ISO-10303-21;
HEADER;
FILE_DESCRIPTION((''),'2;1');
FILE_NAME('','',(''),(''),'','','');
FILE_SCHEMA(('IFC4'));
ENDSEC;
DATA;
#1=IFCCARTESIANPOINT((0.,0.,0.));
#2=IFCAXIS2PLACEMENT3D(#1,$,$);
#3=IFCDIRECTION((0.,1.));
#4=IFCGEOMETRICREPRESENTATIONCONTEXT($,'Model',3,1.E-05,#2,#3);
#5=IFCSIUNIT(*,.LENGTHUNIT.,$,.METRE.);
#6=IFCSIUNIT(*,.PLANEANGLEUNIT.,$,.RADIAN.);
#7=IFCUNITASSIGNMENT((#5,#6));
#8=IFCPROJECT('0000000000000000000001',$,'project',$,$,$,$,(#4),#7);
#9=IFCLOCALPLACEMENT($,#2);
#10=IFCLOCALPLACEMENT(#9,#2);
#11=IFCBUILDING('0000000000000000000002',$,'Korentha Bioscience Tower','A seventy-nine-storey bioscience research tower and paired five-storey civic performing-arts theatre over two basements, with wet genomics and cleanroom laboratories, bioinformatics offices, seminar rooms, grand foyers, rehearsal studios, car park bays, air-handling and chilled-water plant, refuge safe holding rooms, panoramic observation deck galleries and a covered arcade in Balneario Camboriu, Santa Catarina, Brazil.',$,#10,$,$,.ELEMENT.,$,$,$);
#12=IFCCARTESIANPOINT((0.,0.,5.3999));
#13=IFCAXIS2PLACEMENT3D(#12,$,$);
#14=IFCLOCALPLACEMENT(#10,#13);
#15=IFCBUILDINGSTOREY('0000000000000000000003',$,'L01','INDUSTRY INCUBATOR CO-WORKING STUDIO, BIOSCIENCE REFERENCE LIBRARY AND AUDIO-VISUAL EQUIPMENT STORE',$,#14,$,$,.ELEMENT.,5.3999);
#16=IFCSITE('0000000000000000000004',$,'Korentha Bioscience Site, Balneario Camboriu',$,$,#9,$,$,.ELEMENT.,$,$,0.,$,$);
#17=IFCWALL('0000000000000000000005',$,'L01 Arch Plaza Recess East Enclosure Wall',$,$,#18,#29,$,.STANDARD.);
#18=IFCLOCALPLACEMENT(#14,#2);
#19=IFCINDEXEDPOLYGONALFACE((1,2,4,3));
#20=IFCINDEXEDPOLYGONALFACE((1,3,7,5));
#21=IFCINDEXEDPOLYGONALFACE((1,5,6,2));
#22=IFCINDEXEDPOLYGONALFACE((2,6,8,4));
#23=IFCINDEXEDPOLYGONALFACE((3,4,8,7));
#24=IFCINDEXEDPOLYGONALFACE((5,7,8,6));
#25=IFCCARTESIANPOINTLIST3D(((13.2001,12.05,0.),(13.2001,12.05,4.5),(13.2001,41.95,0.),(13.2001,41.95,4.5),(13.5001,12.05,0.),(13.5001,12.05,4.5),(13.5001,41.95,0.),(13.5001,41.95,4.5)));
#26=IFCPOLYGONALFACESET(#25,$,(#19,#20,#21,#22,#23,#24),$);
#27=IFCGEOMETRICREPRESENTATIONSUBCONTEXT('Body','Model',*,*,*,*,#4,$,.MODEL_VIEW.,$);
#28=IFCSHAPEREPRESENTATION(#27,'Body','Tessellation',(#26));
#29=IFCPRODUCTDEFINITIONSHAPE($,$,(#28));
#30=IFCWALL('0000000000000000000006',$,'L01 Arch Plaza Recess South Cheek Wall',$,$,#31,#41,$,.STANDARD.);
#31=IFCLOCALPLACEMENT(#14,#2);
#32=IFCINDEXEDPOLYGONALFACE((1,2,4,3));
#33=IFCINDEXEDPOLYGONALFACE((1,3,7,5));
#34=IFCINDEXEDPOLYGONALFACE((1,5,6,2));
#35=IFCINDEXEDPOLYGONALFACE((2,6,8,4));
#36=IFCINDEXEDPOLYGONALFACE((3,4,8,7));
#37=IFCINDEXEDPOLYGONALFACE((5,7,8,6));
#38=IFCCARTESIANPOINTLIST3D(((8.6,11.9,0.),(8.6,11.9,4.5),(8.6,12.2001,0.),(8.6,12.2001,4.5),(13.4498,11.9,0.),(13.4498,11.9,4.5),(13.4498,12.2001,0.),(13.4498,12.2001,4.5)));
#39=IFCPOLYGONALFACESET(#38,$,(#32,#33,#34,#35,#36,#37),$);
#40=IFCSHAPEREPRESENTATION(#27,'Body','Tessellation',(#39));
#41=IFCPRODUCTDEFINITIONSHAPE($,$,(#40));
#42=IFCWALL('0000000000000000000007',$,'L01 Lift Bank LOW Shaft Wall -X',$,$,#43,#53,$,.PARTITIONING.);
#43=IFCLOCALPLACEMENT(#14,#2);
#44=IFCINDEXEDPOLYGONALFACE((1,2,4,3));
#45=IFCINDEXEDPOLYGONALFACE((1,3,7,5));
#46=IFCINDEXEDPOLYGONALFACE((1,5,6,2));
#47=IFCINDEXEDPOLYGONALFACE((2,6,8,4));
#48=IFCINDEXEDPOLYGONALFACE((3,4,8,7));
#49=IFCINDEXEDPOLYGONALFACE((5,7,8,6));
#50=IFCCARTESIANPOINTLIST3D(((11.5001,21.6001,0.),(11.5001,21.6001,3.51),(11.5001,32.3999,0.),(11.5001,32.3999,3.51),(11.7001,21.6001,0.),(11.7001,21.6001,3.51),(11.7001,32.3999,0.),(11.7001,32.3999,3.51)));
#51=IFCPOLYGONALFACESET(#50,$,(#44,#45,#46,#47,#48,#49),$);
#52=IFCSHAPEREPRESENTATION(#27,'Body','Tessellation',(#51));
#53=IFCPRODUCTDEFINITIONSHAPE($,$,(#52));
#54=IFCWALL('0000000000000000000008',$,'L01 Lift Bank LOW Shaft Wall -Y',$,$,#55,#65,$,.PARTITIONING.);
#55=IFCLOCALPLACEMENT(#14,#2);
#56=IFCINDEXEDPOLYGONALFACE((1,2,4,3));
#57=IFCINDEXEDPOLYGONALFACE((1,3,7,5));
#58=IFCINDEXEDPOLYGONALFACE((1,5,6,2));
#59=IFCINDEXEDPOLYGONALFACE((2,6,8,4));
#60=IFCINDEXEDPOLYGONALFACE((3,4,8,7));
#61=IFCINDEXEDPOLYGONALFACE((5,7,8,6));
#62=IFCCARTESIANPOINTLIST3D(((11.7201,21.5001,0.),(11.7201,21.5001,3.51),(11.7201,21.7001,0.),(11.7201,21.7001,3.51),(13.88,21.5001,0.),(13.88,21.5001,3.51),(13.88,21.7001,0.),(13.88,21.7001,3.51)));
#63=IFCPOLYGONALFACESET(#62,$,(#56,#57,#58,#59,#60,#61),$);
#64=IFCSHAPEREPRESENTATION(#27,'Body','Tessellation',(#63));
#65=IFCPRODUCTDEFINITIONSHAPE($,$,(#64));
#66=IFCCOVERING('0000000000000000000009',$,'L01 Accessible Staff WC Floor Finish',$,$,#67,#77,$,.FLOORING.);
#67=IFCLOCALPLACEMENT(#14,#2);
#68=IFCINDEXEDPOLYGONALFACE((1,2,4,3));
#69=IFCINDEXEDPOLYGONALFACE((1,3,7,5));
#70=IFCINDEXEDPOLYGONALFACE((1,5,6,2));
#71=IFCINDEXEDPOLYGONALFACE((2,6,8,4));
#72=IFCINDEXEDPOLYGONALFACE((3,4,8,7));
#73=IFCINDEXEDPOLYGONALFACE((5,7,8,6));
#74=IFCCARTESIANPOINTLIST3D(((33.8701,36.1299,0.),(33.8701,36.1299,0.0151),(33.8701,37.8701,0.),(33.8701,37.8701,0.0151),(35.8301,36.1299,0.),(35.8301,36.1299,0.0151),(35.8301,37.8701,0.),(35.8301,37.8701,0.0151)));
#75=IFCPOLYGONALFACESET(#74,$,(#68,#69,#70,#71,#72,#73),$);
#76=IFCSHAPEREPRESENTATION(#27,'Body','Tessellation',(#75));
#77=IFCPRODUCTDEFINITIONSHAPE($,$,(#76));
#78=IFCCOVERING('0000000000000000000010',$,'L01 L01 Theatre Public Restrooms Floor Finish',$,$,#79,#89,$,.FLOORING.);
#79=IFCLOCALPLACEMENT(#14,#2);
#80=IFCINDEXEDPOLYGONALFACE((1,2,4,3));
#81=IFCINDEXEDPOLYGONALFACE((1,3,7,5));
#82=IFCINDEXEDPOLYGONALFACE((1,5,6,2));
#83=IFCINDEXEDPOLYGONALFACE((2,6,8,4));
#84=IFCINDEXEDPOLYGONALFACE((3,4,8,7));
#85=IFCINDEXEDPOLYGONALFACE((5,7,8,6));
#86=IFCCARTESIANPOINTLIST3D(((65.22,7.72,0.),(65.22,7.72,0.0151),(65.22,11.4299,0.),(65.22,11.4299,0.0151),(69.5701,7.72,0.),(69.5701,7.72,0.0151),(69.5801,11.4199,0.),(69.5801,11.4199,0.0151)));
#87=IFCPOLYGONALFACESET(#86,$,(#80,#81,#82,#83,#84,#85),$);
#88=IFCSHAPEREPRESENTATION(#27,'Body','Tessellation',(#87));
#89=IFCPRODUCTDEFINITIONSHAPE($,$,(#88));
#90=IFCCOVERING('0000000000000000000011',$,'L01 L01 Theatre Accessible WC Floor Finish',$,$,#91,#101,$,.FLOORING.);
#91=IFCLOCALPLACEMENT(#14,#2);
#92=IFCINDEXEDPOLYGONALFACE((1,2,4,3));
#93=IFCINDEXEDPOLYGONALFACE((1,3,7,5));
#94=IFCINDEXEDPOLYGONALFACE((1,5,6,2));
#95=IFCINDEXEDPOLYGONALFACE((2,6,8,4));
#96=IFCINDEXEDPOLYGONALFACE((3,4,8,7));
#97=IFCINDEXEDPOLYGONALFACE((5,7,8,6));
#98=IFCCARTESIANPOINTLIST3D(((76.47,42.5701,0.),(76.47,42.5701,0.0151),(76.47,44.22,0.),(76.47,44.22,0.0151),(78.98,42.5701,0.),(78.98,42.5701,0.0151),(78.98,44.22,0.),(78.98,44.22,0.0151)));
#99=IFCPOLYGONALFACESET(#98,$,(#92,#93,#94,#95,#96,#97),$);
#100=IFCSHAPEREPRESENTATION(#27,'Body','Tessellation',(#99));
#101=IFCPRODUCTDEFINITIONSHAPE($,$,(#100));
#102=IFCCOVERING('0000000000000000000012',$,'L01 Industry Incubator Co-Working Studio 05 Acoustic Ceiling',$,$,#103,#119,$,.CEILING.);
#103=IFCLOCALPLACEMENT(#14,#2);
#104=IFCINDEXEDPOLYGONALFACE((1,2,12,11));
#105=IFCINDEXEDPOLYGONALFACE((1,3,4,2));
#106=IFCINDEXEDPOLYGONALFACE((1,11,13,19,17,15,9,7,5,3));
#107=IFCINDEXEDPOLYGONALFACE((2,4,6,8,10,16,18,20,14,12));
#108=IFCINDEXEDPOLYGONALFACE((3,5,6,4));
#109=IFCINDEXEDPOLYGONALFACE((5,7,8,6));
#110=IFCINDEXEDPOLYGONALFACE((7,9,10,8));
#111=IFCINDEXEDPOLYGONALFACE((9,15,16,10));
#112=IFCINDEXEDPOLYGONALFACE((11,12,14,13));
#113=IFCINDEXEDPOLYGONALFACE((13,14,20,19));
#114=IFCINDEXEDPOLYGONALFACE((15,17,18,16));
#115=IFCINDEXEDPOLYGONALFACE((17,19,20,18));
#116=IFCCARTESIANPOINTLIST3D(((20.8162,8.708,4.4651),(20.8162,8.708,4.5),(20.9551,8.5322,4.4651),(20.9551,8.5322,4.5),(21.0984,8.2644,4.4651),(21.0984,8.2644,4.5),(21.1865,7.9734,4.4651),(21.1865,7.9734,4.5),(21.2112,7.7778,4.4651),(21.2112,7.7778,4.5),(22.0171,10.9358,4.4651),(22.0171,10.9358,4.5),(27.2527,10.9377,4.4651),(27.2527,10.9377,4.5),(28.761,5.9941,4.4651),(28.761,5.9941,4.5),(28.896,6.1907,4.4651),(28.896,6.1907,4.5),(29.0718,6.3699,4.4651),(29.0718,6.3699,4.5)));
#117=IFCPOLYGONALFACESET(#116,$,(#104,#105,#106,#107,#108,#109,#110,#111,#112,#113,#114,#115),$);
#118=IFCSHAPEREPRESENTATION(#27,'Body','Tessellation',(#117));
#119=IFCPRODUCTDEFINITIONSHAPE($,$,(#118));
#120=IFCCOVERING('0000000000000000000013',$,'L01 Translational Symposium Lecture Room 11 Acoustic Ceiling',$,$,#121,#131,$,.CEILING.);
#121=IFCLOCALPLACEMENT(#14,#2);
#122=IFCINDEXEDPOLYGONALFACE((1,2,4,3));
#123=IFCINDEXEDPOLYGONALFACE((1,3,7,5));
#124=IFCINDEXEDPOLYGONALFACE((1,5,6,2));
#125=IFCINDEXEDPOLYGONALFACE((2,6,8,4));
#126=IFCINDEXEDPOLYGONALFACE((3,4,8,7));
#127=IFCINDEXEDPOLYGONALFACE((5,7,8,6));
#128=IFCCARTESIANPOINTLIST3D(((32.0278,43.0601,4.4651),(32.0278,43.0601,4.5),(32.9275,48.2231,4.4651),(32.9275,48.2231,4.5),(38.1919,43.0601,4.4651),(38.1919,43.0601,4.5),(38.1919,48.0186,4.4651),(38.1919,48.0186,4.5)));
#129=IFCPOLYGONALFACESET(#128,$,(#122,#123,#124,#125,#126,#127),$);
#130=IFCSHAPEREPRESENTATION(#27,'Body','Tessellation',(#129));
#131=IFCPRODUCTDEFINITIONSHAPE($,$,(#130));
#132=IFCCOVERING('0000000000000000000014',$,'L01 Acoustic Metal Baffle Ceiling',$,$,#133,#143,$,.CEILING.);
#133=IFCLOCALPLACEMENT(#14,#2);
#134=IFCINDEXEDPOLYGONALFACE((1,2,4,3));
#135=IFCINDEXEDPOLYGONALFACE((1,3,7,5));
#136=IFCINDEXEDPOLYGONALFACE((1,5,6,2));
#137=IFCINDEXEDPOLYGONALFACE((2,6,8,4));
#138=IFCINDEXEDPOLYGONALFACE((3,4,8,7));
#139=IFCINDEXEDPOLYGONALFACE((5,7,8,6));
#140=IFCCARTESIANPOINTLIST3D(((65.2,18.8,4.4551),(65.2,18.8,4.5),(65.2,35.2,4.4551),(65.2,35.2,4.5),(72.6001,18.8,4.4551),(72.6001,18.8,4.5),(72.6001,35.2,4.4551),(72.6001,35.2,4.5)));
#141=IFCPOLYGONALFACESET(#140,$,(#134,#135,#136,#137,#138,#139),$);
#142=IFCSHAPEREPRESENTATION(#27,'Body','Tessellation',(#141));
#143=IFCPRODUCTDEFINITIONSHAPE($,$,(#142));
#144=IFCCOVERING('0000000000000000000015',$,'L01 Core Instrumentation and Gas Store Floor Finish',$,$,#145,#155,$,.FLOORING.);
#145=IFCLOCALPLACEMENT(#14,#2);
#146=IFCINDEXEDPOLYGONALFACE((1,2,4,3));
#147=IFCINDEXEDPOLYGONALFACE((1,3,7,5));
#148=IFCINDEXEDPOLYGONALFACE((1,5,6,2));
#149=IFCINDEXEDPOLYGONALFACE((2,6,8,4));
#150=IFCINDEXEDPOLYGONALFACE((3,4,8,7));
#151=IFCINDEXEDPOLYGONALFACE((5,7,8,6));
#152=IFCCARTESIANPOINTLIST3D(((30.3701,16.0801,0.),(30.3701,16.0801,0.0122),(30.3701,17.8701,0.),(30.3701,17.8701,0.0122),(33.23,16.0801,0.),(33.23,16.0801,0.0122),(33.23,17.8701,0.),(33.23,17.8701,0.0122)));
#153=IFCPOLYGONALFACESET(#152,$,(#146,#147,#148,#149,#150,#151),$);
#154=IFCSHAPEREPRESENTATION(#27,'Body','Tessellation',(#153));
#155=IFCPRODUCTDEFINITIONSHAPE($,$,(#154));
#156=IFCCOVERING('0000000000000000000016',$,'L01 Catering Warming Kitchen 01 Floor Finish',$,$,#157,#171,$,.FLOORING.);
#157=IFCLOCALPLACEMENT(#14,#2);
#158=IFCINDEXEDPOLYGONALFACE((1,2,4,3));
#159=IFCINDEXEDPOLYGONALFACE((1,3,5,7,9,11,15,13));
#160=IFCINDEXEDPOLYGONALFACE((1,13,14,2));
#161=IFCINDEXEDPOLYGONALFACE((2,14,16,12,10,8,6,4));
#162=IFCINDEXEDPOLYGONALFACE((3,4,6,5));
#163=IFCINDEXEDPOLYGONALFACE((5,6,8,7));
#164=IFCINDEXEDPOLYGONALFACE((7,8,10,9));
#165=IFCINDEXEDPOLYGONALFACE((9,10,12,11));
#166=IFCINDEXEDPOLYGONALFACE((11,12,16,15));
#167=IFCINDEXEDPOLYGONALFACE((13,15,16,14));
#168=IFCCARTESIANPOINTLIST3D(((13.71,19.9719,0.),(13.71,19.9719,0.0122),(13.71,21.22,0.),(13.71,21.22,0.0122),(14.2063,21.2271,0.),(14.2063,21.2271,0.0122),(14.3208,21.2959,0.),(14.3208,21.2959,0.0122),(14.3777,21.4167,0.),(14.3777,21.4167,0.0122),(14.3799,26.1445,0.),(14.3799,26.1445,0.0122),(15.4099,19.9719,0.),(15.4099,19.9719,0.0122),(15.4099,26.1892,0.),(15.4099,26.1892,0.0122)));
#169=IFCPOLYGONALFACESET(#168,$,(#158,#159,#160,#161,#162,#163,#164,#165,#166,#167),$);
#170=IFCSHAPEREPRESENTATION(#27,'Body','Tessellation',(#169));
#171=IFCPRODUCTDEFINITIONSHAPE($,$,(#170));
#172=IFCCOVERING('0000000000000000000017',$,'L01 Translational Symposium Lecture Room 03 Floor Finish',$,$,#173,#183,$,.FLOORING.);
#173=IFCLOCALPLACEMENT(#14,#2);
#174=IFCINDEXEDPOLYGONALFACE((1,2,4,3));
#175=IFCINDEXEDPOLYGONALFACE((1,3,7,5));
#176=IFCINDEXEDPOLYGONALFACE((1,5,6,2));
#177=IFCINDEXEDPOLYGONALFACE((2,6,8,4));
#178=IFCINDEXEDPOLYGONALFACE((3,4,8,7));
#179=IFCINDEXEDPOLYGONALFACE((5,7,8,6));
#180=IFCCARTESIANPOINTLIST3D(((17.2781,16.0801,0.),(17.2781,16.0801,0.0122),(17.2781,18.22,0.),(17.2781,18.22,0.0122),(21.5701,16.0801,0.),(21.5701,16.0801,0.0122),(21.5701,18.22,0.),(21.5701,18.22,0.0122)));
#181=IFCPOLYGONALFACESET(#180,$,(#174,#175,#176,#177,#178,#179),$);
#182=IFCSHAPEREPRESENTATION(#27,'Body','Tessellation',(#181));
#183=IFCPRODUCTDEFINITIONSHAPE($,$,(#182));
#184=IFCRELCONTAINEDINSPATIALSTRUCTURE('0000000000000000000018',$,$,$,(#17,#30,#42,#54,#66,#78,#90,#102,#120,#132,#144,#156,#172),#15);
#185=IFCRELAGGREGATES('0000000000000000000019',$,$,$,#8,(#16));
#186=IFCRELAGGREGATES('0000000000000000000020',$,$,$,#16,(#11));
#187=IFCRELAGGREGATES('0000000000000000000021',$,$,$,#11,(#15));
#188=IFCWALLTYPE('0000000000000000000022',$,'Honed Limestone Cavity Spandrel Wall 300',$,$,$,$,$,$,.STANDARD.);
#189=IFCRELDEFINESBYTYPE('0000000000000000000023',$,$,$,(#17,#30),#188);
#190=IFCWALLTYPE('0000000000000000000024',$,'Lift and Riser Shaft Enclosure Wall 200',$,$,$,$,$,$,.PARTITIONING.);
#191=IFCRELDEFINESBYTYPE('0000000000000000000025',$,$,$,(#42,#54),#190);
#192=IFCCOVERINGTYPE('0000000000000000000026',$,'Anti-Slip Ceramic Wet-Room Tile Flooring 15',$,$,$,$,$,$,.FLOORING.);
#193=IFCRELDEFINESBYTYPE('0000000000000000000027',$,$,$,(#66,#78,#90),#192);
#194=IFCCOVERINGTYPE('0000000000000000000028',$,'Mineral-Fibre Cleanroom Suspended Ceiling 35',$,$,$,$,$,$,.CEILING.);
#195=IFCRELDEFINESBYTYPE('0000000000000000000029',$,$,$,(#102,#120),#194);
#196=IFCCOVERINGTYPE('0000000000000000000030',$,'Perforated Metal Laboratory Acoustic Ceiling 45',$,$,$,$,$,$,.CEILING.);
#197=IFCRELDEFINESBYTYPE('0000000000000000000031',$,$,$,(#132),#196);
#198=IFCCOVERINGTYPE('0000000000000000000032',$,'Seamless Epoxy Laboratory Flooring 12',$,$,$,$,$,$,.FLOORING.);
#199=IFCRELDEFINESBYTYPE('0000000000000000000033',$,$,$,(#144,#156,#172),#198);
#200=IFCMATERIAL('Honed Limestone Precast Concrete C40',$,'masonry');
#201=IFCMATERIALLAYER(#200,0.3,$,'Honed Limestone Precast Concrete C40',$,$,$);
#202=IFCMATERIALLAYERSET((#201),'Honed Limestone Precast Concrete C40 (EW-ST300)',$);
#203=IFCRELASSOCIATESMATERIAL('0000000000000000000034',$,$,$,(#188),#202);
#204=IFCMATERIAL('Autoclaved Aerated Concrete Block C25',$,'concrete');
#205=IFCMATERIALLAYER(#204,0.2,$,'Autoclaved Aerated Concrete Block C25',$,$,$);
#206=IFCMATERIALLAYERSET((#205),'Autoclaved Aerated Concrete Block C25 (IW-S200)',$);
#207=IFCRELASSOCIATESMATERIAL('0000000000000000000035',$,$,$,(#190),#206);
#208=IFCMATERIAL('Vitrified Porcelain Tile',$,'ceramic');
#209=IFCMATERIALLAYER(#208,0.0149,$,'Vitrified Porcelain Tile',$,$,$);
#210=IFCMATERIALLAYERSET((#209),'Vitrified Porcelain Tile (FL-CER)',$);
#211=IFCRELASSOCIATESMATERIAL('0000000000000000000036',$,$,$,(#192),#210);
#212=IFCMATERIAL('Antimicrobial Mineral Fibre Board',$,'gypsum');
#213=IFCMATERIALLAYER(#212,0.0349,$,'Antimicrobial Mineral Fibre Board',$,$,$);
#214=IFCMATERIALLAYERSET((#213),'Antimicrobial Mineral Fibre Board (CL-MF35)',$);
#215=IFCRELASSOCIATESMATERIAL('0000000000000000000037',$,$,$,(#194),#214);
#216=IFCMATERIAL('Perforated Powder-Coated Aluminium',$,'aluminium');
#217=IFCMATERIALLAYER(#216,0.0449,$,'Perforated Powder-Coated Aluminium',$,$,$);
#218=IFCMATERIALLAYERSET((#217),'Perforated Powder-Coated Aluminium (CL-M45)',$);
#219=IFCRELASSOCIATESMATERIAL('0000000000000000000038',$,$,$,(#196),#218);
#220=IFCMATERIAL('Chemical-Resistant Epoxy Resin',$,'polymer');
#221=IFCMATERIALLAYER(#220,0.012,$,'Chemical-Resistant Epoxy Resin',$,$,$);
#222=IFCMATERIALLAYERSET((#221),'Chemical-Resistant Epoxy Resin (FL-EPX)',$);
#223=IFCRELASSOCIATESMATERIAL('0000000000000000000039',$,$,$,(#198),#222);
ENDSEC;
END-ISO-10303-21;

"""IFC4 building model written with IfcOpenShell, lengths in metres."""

from ifc_helpers import new_model, si_unit, direction, frame, frame_2d, origin, place, context, subcontext, project, spatial, polyline, rectangle, outline, extrude, material, layer, layer_set, type_object, element, save


model = new_model("IFC4")

# Units and contexts
model_context = context("Model", 3, precision=1e-05, world=origin(), true_north=direction((0.0, 1.0)))
body_context = subcontext(model_context, "Body", "Model", "MODEL_VIEW")
ifc_project = project(units=[si_unit("LENGTHUNIT", "METRE"), si_unit("PLANEANGLEUNIT", "RADIAN")], contexts=[model_context])

# Site, building, storey
site_placement = place(None, origin())
site = spatial("IfcSite", under=ifc_project, at=site_placement, Name="Korentha Bioscience Site, Balneario Camboriu", CompositionType="ELEMENT", RefElevation=0.0)
building_placement = place(site_placement, origin())
building = spatial("IfcBuilding", under=site, at=building_placement, Name="Korentha Bioscience Tower", Description="A seventy-nine-storey bioscience research tower and paired five-storey civic performing-arts theatre over two basements, with wet genomics and cleanroom laboratories, bioinformatics offices, seminar rooms, grand foyers, rehearsal studios, car park bays, air-handling and chilled-water plant, refuge safe holding rooms, panoramic observation deck galleries and a covered arcade in Balneario Camboriu, Santa Catarina, Brazil.", CompositionType="ELEMENT")
storey_placement = place(building_placement, frame((0.0, 0.0, 5.3999)))
storey = spatial("IfcBuildingStorey", under=building, at=storey_placement, Name="L01", Description="INDUSTRY INCUBATOR CO-WORKING STUDIO, BIOSCIENCE REFERENCE LIBRARY AND AUDIO-VISUAL EQUIPMENT STORE", CompositionType="ELEMENT", Elevation=5.3999)

# Walls
ifc_material_1 = material(Name="Honed Limestone Precast Concrete C40", Category="masonry")
ifc_layer_1 = layer(ifc_material_1, 0.3, Name="Honed Limestone Precast Concrete C40")
ifc_layer_set_1 = layer_set([ifc_layer_1], Name="Honed Limestone Precast Concrete C40 (EW-ST300)")
wall_type_1 = type_object("IfcWallType", Name="Honed Limestone Cavity Spandrel Wall 300", PredefinedType="STANDARD", material=ifc_layer_set_1)
wall_1_placement = place(storey_placement, frame((13.3501, 12.05, 0.0), z_axis=(0.0, 0.0, 1.0), x_axis=(0.0, 1.0, 0.0)))
element("IfcWall", 1, at=wall_1_placement, inside=storey, type_object=wall_type_1, Name="L01 Arch Plaza Recess East Enclosure Wall", PredefinedType="STANDARD", context=body_context, shape_type="SweptSolid", body=[
    extrude(rectangle(XDim=29.8999, YDim=0.3, at=frame_2d((14.95, 0.0))), origin(), (0.0, 0.0, 1.0), 4.5),
])
wall_2_placement = place(storey_placement, frame((8.6001, 12.05, 0.0), z_axis=(0.0, 0.0, 1.0), x_axis=(1.0, 0.0, 0.0)))
element("IfcWall", 2, at=wall_2_placement, inside=storey, type_object=wall_type_1, Name="L01 Arch Plaza Recess South Cheek Wall", PredefinedType="STANDARD", context=body_context, shape_type="SweptSolid", body=[
    extrude(rectangle(XDim=4.8499, YDim=0.3, at=frame_2d((2.4248, 0.0))), origin(), (0.0, 0.0, 1.0), 4.5),
])
ifc_material_2 = material(Name="Autoclaved Aerated Concrete Block C25", Category="concrete")
ifc_layer_2 = layer(ifc_material_2, 0.2, Name="Autoclaved Aerated Concrete Block C25")
ifc_layer_set_2 = layer_set([ifc_layer_2], Name="Autoclaved Aerated Concrete Block C25 (IW-S200)")
wall_type_2 = type_object("IfcWallType", Name="Lift and Riser Shaft Enclosure Wall 200", PredefinedType="PARTITIONING", material=ifc_layer_set_2)
wall_3_placement = place(storey_placement, frame((11.6001, 21.6001, 0.0), z_axis=(0.0, 0.0, 1.0), x_axis=(0.0, 1.0, 0.0)))
element("IfcWall", 3, at=wall_3_placement, inside=storey, type_object=wall_type_2, Name="L01 Lift Bank LOW Shaft Wall -X", PredefinedType="PARTITIONING", context=body_context, shape_type="SweptSolid", body=[
    extrude(rectangle(XDim=10.7998, YDim=0.2, at=frame_2d((5.3999, 0.0))), origin(), (0.0, 0.0, 1.0), 3.51),
])
wall_4_placement = place(storey_placement, frame((11.72, 21.6001, 0.0), z_axis=(0.0, 0.0, 1.0), x_axis=(1.0, 0.0, 0.0)))
element("IfcWall", 4, at=wall_4_placement, inside=storey, type_object=wall_type_2, Name="L01 Lift Bank LOW Shaft Wall -Y", PredefinedType="PARTITIONING", context=body_context, shape_type="SweptSolid", body=[
    extrude(rectangle(XDim=2.1599, YDim=0.2, at=frame_2d((1.0801, 0.0))), origin(), (0.0, 0.0, 1.0), 3.51),
])

# Coverings
ifc_material_3 = material(Name="Vitrified Porcelain Tile", Category="ceramic")
ifc_layer_3 = layer(ifc_material_3, 0.0149, Name="Vitrified Porcelain Tile")
ifc_layer_set_3 = layer_set([ifc_layer_3], Name="Vitrified Porcelain Tile (FL-CER)")
covering_type_1 = type_object("IfcCoveringType", Name="Anti-Slip Ceramic Wet-Room Tile Flooring 15", PredefinedType="FLOORING", material=ifc_layer_set_3)
covering_1_placement = place(storey_placement, origin())
element("IfcCovering", 5, at=covering_1_placement, inside=storey, type_object=covering_type_1, Name="L01 Accessible Staff WC Floor Finish", PredefinedType="FLOORING", context=body_context, shape_type="SweptSolid", body=[
    extrude(outline(polyline([(33.8701, 36.1299), (33.8701, 37.8701), (35.8301, 37.8701), (35.8301, 36.1299), (33.8701, 36.1299)])), origin(), (0.0, 0.0, 1.0), 0.0151),
])
covering_2_placement = place(storey_placement, origin())
element("IfcCovering", 6, at=covering_2_placement, inside=storey, type_object=covering_type_1, Name="L01 L01 Theatre Public Restrooms Floor Finish", PredefinedType="FLOORING", context=body_context, shape_type="SweptSolid", body=[
    extrude(outline(polyline([(65.22, 11.4299), (69.5801, 11.4199), (69.5701, 7.72), (65.22, 7.72), (65.22, 11.4299)])), origin(), (0.0, 0.0, 1.0), 0.0151),
])
covering_3_placement = place(storey_placement, origin())
element("IfcCovering", 7, at=covering_3_placement, inside=storey, type_object=covering_type_1, Name="L01 L01 Theatre Accessible WC Floor Finish", PredefinedType="FLOORING", context=body_context, shape_type="SweptSolid", body=[
    extrude(outline(polyline([(76.47, 42.5701), (76.47, 44.22), (78.98, 44.22), (78.98, 42.5701), (76.47, 42.5701)])), origin(), (0.0, 0.0, 1.0), 0.0151),
])
ifc_material_4 = material(Name="Antimicrobial Mineral Fibre Board", Category="gypsum")
ifc_layer_4 = layer(ifc_material_4, 0.0349, Name="Antimicrobial Mineral Fibre Board")
ifc_layer_set_4 = layer_set([ifc_layer_4], Name="Antimicrobial Mineral Fibre Board (CL-MF35)")
covering_type_2 = type_object("IfcCoveringType", Name="Mineral-Fibre Cleanroom Suspended Ceiling 35", PredefinedType="CEILING", material=ifc_layer_set_4)
covering_4_placement = place(storey_placement, frame((0.0, 0.0, 4.4651)))
element("IfcCovering", 8, at=covering_4_placement, inside=storey, type_object=covering_type_2, Name="L01 Industry Incubator Co-Working Studio 05 Acoustic Ceiling", PredefinedType="CEILING", context=body_context, shape_type="SweptSolid", body=[
    extrude(outline(polyline([(29.0718, 6.3699), (28.896, 6.1907), (28.761, 5.9941), (21.2112, 7.7778), (21.1865, 7.9734), (21.0984, 8.2644), (20.9551, 8.5322), (20.8162, 8.708), (22.0171, 10.9358), (27.2527, 10.9377), (29.0718, 6.3699)])), origin(), (0.0, 0.0, 1.0), 0.0349),
])
covering_5_placement = place(storey_placement, frame((0.0, 0.0, 4.4651)))
element("IfcCovering", 9, at=covering_5_placement, inside=storey, type_object=covering_type_2, Name="L01 Translational Symposium Lecture Room 11 Acoustic Ceiling", PredefinedType="CEILING", context=body_context, shape_type="SweptSolid", body=[
    extrude(outline(polyline([(32.0278, 43.0601), (32.9275, 48.2231), (38.1919, 48.0186), (38.1919, 43.0601), (32.0278, 43.0601)])), origin(), (0.0, 0.0, 1.0), 0.0349),
])
ifc_material_5 = material(Name="Perforated Powder-Coated Aluminium", Category="aluminium")
ifc_layer_5 = layer(ifc_material_5, 0.0449, Name="Perforated Powder-Coated Aluminium")
ifc_layer_set_5 = layer_set([ifc_layer_5], Name="Perforated Powder-Coated Aluminium (CL-M45)")
covering_type_3 = type_object("IfcCoveringType", Name="Perforated Metal Laboratory Acoustic Ceiling 45", PredefinedType="CEILING", material=ifc_layer_set_5)
covering_6_placement = place(storey_placement, frame((0.0, 0.0, 4.4551)))
element("IfcCovering", 10, at=covering_6_placement, inside=storey, type_object=covering_type_3, Name="L01 Acoustic Metal Baffle Ceiling", PredefinedType="CEILING", context=body_context, shape_type="SweptSolid", body=[
    extrude(outline(polyline([(65.2, 18.8), (72.6001, 18.8), (72.6001, 35.2), (65.2, 35.2), (65.2, 18.8)])), origin(), (0.0, 0.0, 1.0), 0.0449),
])
ifc_material_6 = material(Name="Chemical-Resistant Epoxy Resin", Category="polymer")
ifc_layer_6 = layer(ifc_material_6, 0.012, Name="Chemical-Resistant Epoxy Resin")
ifc_layer_set_6 = layer_set([ifc_layer_6], Name="Chemical-Resistant Epoxy Resin (FL-EPX)")
covering_type_4 = type_object("IfcCoveringType", Name="Seamless Epoxy Laboratory Flooring 12", PredefinedType="FLOORING", material=ifc_layer_set_6)
covering_7_placement = place(storey_placement, origin())
element("IfcCovering", 11, at=covering_7_placement, inside=storey, type_object=covering_type_4, Name="L01 Core Instrumentation and Gas Store Floor Finish", PredefinedType="FLOORING", context=body_context, shape_type="SweptSolid", body=[
    extrude(outline(polyline([(30.3701, 16.0801), (30.3701, 17.8701), (33.23, 17.8701), (33.23, 16.0801), (30.3701, 16.0801)])), origin(), (0.0, 0.0, 1.0), 0.0122),
])
covering_8_placement = place(storey_placement, origin())
element("IfcCovering", 12, at=covering_8_placement, inside=storey, type_object=covering_type_4, Name="L01 Catering Warming Kitchen 01 Floor Finish", PredefinedType="FLOORING", context=body_context, shape_type="SweptSolid", body=[
    extrude(outline(polyline([(15.4099, 26.1892), (15.4099, 19.9719), (13.71, 19.9719), (13.71, 21.22), (14.2063, 21.2271), (14.3208, 21.2959), (14.3777, 21.4167), (14.3799, 26.1445), (15.4099, 26.1892)])), origin(), (0.0, 0.0, 1.0), 0.0122),
])
covering_9_placement = place(storey_placement, origin())
element("IfcCovering", 13, at=covering_9_placement, inside=storey, type_object=covering_type_4, Name="L01 Translational Symposium Lecture Room 03 Floor Finish", PredefinedType="FLOORING", context=body_context, shape_type="SweptSolid", body=[
    extrude(outline(polyline([(21.5701, 16.0801), (17.2781, 16.0801), (17.2781, 18.22), (21.5701, 18.22), (21.5701, 16.0801)])), origin(), (0.0, 0.0, 1.0), 0.0122),
])

save(model, "model.ifc")
